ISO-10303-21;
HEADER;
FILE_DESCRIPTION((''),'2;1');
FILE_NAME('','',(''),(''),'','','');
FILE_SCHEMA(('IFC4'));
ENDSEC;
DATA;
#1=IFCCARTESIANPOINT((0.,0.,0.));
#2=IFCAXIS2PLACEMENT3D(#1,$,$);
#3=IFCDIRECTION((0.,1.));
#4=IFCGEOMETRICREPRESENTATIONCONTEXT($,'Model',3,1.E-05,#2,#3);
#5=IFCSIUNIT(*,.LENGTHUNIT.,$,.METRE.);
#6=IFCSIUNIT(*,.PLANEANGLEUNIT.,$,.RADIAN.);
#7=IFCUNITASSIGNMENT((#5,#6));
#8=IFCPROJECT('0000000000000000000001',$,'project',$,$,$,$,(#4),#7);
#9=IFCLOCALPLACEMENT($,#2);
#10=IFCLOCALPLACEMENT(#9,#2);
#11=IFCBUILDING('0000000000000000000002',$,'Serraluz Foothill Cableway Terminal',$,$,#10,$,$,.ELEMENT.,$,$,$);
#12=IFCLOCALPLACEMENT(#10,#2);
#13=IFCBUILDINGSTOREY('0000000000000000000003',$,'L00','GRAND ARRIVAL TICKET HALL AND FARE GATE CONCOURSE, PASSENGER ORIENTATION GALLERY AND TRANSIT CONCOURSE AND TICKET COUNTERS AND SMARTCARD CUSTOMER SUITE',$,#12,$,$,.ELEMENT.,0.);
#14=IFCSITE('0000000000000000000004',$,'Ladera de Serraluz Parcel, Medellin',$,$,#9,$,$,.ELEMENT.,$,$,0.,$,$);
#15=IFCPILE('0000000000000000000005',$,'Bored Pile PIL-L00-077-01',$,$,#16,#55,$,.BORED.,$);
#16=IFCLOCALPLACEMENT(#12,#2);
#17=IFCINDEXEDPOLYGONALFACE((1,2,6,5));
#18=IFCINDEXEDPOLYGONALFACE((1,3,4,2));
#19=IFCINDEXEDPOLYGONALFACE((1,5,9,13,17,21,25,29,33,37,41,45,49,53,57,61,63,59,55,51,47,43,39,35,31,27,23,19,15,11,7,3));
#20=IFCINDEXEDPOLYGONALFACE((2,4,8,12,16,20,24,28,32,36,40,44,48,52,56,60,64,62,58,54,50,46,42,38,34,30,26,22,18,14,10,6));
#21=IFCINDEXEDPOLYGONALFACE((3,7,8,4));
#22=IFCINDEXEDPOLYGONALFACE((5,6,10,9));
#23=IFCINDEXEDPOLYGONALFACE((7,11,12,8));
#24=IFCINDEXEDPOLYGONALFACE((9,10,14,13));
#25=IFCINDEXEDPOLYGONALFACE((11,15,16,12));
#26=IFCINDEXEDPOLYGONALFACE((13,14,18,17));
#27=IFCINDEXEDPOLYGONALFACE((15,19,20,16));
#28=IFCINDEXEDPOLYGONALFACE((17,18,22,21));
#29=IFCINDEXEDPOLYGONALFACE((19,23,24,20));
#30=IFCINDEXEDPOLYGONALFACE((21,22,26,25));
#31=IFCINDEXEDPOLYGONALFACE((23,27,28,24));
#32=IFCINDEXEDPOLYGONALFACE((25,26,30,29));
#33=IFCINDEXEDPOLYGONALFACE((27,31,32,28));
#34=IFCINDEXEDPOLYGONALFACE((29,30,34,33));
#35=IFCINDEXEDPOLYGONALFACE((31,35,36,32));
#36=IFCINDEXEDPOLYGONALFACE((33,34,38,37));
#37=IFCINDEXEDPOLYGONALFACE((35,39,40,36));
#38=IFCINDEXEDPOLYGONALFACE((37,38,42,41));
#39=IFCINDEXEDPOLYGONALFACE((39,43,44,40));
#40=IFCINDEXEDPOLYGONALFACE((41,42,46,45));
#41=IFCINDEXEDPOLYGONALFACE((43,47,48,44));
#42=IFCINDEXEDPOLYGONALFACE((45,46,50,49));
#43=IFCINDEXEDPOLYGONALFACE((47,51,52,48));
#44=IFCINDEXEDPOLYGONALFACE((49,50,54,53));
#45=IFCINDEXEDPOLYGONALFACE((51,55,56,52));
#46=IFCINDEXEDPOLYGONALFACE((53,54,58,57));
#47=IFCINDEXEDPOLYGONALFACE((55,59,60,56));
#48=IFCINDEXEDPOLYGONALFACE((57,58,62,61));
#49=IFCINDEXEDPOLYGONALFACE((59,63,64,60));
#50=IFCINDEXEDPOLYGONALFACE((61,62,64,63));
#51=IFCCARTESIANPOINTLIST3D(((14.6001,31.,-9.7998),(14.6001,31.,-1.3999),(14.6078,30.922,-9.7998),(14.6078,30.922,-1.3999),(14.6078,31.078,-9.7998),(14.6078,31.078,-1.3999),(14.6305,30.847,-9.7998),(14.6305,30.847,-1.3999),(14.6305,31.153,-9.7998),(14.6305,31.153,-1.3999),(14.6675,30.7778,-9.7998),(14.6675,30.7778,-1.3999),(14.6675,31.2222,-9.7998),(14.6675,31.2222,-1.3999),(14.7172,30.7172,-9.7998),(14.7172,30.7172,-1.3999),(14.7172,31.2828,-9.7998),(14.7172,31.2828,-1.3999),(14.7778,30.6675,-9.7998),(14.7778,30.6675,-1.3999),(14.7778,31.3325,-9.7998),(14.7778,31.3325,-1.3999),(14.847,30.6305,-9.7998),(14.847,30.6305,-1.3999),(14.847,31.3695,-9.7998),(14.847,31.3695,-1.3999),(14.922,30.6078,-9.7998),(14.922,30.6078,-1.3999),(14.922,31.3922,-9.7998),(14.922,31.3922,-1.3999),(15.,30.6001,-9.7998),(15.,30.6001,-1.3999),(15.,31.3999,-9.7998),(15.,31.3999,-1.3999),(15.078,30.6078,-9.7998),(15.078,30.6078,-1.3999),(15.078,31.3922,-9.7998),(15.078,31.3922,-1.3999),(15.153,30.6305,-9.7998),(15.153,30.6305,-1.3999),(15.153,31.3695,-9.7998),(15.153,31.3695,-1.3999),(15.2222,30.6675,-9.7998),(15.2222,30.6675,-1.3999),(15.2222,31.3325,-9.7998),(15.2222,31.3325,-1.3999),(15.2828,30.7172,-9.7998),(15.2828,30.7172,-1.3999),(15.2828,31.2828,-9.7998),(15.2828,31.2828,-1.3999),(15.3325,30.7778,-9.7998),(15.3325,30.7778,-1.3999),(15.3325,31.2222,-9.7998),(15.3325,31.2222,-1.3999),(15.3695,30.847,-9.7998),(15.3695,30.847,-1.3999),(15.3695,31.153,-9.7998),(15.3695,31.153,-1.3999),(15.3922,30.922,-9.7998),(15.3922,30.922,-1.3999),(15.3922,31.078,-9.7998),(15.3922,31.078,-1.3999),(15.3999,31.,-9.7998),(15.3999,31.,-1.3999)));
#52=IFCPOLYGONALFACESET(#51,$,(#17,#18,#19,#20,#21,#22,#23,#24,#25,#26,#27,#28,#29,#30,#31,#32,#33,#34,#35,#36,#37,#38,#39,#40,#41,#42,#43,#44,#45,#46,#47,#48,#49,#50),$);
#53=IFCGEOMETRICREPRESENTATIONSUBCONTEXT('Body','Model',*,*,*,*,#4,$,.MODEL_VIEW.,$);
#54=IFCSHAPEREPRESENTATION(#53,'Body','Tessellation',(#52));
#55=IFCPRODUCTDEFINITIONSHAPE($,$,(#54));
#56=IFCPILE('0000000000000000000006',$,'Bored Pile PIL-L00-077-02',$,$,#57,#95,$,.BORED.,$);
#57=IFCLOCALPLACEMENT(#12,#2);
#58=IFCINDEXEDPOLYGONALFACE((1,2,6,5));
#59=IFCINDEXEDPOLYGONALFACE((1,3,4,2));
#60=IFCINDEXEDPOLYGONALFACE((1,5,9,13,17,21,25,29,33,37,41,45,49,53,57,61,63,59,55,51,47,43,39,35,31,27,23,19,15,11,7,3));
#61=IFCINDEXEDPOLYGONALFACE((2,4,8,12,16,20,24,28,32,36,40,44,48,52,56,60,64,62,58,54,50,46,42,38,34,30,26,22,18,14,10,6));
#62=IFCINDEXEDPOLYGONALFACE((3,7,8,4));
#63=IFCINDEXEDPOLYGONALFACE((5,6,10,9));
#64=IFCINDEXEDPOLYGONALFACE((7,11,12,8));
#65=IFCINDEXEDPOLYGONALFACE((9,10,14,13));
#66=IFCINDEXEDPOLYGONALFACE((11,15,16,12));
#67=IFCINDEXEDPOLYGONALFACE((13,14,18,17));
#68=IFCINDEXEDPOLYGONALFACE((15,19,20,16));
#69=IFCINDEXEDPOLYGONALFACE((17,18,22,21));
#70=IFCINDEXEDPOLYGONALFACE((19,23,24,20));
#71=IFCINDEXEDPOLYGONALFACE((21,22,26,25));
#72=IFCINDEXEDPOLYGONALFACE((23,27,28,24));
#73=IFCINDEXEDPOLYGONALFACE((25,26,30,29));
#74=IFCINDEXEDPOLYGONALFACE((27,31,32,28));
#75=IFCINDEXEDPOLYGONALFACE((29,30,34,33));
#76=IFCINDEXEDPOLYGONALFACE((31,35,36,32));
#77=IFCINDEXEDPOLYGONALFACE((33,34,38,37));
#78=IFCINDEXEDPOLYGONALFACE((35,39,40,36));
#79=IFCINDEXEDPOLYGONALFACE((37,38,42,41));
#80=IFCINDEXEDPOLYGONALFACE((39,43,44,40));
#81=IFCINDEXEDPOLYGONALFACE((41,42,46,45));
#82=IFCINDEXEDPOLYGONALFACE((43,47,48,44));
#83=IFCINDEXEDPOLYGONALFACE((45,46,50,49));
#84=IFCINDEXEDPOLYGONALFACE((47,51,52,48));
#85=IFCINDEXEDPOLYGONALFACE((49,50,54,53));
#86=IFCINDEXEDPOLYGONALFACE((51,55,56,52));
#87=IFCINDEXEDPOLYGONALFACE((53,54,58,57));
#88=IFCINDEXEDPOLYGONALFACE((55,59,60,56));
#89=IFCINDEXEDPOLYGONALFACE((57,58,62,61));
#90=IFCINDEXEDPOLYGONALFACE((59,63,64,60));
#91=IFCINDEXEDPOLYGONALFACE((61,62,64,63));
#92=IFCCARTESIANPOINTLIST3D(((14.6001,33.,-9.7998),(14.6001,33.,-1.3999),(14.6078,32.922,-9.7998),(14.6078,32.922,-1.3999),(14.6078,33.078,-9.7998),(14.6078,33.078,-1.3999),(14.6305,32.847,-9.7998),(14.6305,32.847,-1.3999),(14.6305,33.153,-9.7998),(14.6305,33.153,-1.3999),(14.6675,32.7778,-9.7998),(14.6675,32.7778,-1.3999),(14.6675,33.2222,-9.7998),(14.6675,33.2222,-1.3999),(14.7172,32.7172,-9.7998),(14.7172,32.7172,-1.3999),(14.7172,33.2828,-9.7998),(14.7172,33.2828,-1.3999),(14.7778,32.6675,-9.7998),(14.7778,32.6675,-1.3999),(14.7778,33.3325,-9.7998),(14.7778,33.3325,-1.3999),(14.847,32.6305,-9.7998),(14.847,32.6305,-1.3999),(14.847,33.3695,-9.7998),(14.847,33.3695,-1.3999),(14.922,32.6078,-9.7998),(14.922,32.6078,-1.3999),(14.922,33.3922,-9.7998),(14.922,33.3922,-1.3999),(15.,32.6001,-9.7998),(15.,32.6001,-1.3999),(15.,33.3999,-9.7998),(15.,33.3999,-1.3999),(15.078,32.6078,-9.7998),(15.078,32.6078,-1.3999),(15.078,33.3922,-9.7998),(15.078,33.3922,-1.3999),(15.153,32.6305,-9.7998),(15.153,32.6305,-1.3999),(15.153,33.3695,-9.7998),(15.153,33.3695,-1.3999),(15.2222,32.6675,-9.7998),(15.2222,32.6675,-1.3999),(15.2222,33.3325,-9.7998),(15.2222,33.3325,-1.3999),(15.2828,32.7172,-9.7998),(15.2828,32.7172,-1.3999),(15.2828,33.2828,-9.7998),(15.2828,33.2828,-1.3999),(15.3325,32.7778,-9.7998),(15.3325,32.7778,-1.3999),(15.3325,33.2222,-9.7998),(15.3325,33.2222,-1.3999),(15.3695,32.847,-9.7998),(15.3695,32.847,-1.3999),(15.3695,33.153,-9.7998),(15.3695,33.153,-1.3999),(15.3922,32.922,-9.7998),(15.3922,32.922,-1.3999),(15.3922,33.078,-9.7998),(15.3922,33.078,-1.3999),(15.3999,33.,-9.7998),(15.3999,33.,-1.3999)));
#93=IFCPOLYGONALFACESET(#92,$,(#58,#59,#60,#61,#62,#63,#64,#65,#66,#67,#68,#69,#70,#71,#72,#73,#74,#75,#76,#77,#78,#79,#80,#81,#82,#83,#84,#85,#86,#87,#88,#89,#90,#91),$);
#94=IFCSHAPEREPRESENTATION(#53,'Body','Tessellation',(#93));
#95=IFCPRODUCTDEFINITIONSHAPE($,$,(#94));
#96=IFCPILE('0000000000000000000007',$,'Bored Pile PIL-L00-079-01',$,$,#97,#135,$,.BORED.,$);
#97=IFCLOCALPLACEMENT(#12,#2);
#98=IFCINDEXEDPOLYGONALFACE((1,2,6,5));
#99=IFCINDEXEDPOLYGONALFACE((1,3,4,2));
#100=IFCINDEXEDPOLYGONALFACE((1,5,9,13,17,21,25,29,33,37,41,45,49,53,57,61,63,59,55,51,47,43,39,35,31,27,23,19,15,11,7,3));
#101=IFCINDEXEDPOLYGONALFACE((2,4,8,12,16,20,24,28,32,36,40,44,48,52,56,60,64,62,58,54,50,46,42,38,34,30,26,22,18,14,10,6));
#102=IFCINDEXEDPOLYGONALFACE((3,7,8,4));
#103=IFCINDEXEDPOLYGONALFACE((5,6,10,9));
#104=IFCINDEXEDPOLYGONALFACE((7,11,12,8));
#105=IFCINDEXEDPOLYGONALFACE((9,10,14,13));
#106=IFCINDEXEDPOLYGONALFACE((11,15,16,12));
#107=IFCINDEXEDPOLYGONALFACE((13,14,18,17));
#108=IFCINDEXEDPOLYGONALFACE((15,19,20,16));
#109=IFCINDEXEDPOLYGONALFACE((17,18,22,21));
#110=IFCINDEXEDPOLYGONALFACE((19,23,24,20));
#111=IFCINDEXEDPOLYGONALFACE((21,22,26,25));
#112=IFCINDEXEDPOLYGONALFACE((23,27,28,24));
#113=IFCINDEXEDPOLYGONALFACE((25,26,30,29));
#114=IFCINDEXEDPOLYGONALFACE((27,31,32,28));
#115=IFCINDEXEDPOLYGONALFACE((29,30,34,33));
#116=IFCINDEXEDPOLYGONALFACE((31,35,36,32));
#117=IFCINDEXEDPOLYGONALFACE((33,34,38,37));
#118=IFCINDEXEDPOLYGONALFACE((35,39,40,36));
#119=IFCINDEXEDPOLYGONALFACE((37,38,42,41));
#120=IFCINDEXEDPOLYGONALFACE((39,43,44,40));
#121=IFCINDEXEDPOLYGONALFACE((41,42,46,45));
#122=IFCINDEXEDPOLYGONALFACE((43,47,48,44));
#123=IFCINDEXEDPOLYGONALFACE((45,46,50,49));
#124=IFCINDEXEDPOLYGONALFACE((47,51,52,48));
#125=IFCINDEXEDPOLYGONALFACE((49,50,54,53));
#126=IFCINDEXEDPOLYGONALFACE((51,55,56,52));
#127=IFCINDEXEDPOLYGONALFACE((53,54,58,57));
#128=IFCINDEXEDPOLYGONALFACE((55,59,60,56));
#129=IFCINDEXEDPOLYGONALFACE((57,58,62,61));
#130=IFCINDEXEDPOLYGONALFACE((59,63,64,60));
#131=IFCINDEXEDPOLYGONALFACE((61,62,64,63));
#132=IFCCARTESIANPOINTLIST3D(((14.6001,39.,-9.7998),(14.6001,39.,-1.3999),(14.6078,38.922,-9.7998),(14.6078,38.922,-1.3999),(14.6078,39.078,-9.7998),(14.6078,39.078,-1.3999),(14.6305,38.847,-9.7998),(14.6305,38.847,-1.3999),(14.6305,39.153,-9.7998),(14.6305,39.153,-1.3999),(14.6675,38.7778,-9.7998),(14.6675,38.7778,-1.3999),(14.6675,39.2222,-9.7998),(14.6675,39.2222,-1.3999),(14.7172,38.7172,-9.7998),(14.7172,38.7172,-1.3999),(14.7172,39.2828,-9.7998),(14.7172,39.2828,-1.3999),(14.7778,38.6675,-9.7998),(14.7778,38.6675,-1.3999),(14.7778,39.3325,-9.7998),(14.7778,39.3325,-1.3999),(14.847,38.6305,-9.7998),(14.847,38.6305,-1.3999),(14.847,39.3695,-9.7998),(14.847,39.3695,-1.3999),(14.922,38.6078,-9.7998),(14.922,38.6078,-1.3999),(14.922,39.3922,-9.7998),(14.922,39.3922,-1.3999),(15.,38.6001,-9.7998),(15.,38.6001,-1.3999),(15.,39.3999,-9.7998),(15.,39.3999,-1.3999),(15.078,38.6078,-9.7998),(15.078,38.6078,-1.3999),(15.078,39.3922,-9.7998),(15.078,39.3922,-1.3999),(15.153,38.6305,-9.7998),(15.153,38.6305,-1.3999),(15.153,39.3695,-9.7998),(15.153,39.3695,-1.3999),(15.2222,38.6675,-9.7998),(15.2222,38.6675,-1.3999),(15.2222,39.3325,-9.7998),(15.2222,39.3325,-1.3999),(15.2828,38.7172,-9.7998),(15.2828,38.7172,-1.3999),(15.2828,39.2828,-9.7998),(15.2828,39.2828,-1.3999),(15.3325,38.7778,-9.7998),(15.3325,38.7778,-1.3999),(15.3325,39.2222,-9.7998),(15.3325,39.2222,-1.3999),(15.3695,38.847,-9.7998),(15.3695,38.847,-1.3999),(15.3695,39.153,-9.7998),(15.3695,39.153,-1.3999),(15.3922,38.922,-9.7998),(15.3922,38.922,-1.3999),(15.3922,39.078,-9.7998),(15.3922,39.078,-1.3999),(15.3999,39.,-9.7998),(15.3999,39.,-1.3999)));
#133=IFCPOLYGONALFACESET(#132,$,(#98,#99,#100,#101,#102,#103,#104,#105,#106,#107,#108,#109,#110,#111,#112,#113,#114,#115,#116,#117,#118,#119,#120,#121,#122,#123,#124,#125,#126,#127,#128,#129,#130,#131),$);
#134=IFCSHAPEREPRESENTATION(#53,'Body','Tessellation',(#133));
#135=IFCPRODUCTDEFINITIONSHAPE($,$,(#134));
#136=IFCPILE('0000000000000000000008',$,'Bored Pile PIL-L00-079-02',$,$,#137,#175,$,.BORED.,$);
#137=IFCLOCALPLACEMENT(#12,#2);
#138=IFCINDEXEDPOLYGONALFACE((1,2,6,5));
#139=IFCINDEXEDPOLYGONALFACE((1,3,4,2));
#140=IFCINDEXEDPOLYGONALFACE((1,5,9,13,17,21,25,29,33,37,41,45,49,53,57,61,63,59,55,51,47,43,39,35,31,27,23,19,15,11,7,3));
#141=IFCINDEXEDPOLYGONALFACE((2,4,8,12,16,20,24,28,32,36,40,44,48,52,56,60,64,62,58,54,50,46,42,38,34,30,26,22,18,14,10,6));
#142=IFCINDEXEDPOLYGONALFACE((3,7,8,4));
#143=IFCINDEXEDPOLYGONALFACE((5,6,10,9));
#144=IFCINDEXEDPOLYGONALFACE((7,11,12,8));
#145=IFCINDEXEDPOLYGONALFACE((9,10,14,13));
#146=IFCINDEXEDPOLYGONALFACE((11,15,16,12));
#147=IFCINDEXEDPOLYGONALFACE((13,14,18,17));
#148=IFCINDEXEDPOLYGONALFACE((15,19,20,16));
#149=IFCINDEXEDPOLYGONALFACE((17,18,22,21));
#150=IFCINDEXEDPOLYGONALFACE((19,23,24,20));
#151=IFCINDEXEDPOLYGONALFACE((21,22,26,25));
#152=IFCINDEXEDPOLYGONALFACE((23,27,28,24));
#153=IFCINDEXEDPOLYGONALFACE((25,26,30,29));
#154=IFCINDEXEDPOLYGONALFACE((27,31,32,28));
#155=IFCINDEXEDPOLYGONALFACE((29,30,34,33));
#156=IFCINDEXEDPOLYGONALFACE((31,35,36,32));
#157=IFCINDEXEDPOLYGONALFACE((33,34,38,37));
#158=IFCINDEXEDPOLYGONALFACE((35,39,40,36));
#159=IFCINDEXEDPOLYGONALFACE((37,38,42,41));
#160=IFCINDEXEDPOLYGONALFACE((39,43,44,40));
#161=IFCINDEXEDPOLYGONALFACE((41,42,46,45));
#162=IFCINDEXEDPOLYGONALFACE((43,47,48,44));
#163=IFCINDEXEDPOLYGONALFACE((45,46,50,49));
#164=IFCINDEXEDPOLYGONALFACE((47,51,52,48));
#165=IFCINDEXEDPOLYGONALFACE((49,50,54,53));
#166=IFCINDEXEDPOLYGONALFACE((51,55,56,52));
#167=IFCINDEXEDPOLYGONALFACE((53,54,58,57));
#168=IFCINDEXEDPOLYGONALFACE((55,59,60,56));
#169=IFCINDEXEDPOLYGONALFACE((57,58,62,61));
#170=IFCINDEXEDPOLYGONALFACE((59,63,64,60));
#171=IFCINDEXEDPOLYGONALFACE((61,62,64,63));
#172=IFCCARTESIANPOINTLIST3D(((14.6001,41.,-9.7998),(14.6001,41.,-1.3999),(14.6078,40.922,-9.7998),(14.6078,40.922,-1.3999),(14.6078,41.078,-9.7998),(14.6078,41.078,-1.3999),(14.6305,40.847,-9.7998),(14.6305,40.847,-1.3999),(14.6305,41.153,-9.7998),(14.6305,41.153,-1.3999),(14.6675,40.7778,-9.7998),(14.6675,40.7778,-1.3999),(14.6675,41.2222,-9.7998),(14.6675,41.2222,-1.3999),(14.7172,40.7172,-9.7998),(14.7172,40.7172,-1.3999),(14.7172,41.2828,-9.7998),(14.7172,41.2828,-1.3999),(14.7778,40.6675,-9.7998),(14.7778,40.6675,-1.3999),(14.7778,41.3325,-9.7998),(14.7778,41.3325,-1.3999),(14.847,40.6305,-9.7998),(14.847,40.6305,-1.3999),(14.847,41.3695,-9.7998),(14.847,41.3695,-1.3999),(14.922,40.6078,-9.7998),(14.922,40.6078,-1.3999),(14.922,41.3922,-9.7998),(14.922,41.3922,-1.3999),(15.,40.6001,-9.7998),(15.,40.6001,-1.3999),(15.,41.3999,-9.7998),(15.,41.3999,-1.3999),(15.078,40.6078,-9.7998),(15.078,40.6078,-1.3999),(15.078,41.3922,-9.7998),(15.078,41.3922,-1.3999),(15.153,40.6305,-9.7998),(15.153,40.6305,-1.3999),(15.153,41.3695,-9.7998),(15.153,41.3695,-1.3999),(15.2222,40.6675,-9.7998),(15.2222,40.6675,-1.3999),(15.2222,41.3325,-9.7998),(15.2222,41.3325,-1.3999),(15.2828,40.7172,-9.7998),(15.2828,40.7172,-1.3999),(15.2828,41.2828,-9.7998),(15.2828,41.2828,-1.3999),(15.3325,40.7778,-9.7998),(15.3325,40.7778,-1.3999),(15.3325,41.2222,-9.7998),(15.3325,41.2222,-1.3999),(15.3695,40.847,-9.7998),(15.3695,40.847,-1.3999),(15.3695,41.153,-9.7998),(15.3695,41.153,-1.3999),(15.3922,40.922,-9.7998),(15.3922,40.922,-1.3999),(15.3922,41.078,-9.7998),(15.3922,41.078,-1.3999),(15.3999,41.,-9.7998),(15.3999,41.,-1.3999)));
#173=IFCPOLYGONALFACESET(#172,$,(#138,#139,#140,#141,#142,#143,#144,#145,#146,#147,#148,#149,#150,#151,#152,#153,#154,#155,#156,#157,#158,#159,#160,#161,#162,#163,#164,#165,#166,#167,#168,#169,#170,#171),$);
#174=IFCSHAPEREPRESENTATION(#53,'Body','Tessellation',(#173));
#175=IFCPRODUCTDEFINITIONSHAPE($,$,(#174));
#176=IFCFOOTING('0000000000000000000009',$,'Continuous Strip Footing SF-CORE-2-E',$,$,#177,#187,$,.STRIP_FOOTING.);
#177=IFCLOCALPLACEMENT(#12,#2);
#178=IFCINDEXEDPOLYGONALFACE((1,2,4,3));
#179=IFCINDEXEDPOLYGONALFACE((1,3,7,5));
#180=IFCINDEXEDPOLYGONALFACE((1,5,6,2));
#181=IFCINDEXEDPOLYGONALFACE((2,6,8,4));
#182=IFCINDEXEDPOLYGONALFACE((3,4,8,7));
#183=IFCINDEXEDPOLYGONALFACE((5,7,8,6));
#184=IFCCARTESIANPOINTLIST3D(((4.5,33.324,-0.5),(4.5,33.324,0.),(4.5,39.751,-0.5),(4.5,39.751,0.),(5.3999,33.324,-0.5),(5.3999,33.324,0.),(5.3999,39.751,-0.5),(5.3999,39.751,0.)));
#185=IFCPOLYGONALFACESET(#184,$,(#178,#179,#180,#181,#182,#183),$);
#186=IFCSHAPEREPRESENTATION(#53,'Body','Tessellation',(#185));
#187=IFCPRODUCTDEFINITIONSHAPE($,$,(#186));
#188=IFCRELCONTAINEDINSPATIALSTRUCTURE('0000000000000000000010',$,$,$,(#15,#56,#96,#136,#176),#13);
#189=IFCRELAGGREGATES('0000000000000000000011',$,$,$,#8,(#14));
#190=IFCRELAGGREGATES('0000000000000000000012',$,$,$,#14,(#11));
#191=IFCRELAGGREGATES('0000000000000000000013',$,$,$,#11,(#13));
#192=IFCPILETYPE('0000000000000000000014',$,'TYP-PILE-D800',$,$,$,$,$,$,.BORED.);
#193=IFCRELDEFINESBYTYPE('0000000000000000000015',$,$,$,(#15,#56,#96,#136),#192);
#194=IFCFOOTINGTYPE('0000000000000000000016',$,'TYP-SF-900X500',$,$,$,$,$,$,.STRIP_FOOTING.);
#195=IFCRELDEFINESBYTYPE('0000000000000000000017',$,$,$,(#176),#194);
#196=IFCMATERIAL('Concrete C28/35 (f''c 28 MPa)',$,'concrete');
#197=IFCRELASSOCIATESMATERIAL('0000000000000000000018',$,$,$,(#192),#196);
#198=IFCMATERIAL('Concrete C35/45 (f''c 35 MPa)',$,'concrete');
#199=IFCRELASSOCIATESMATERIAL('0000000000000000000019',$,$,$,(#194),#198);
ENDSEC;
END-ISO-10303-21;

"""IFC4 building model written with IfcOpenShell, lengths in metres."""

from ifc_helpers import new_model, si_unit, direction, frame, origin, origin_2d, place, context, subcontext, project, spatial, rectangle, circle, extrude, material, material_profile, profile_set, type_object, element, save


model = new_model("IFC4")

# Units and contexts
model_context = context("Model", 3, precision=1e-05, world=origin(), true_north=direction((0.0, 1.0)))
body_context = subcontext(model_context, "Body", "Model", "MODEL_VIEW")
ifc_project = project(units=[si_unit("LENGTHUNIT", "METRE"), si_unit("PLANEANGLEUNIT", "RADIAN")], contexts=[model_context])

# Site, building, storey
site_placement = place(None, origin())
site = spatial("IfcSite", under=ifc_project, at=site_placement, Name="Ladera de Serraluz Parcel, Medellin", CompositionType="ELEMENT", RefElevation=0.0)
building_placement = place(site_placement, origin())
building = spatial("IfcBuilding", under=site, at=building_placement, Name="Serraluz Foothill Cableway Terminal", CompositionType="ELEMENT")
storey_placement = place(building_placement, origin())
storey = spatial("IfcBuildingStorey", under=building, at=storey_placement, Name="L00", Description="GRAND ARRIVAL TICKET HALL AND FARE GATE CONCOURSE, PASSENGER ORIENTATION GALLERY AND TRANSIT CONCOURSE AND TICKET COUNTERS AND SMARTCARD CUSTOMER SUITE", CompositionType="ELEMENT", Elevation=0.0)

# Piles
ifc_material_1 = material(Name="Concrete C28/35 (f'c 28 MPa)", Category="concrete")
ifc_material_profile_1 = material_profile(ifc_material_1, circle(Radius=0.3999, at=origin_2d()), Name="BORED PILE D800")
ifc_profile_set_1 = profile_set([ifc_material_profile_1], Name="Concrete C28/35 (f'c 28 MPa)")
pile_type = type_object("IfcPileType", Name="TYP-PILE-D800", PredefinedType="BORED", material=ifc_profile_set_1)
for number, where, z_axis, x_axis, name in (
    (1, (15.0, 31.0, -1.3999), (0.0, 0.0, -1.0), (1.0, 0.0, 0.0), "Bored Pile PIL-L00-077-01"),
    (2, (15.0, 33.0, -1.3999), (0.0, 0.0, -1.0), (1.0, 0.0, 0.0), "Bored Pile PIL-L00-077-02"),
    (3, (15.0, 39.0, -1.3999), (0.0, 0.0, -1.0), (1.0, 0.0, 0.0), "Bored Pile PIL-L00-079-01"),
    (4, (15.0, 41.0, -1.3999), (0.0, 0.0, -1.0), (1.0, 0.0, 0.0), "Bored Pile PIL-L00-079-02"),
):
    element("IfcPile", number, at=place(storey_placement, frame(where, z_axis=z_axis, x_axis=x_axis)), inside=storey, type_object=pile_type, Name=name, PredefinedType="BORED", context=body_context, shape_type="SweptSolid", body=[
        extrude(circle(Radius=0.3999, at=origin_2d()), origin(), (0.0, 0.0, 1.0), 8.3999),
    ])

# Footing
ifc_material_2 = material(Name="Concrete C35/45 (f'c 35 MPa)", Category="concrete")
ifc_material_profile_2 = material_profile(ifc_material_2, rectangle(XDim=0.8999, YDim=0.5, at=origin_2d()), Name="SF 900x500")
ifc_profile_set_2 = profile_set([ifc_material_profile_2], Name="Concrete C35/45 (f'c 35 MPa)")
footing_type = type_object("IfcFootingType", Name="TYP-SF-900X500", PredefinedType="STRIP_FOOTING", material=ifc_profile_set_2)
footing_placement = place(storey_placement, frame((4.95, 33.324, -0.25), z_axis=(0.0, 1.0, 0.0), x_axis=(-1.0, 0.0, 0.0)))
element("IfcFooting", 5, at=footing_placement, inside=storey, type_object=footing_type, Name="Continuous Strip Footing SF-CORE-2-E", PredefinedType="STRIP_FOOTING", context=body_context, shape_type="SweptSolid", body=[
    extrude(rectangle(XDim=0.8999, YDim=0.5, at=origin_2d()), origin(), (0.0, 0.0, 1.0), 6.427),
])

save(model, "model.ifc")
